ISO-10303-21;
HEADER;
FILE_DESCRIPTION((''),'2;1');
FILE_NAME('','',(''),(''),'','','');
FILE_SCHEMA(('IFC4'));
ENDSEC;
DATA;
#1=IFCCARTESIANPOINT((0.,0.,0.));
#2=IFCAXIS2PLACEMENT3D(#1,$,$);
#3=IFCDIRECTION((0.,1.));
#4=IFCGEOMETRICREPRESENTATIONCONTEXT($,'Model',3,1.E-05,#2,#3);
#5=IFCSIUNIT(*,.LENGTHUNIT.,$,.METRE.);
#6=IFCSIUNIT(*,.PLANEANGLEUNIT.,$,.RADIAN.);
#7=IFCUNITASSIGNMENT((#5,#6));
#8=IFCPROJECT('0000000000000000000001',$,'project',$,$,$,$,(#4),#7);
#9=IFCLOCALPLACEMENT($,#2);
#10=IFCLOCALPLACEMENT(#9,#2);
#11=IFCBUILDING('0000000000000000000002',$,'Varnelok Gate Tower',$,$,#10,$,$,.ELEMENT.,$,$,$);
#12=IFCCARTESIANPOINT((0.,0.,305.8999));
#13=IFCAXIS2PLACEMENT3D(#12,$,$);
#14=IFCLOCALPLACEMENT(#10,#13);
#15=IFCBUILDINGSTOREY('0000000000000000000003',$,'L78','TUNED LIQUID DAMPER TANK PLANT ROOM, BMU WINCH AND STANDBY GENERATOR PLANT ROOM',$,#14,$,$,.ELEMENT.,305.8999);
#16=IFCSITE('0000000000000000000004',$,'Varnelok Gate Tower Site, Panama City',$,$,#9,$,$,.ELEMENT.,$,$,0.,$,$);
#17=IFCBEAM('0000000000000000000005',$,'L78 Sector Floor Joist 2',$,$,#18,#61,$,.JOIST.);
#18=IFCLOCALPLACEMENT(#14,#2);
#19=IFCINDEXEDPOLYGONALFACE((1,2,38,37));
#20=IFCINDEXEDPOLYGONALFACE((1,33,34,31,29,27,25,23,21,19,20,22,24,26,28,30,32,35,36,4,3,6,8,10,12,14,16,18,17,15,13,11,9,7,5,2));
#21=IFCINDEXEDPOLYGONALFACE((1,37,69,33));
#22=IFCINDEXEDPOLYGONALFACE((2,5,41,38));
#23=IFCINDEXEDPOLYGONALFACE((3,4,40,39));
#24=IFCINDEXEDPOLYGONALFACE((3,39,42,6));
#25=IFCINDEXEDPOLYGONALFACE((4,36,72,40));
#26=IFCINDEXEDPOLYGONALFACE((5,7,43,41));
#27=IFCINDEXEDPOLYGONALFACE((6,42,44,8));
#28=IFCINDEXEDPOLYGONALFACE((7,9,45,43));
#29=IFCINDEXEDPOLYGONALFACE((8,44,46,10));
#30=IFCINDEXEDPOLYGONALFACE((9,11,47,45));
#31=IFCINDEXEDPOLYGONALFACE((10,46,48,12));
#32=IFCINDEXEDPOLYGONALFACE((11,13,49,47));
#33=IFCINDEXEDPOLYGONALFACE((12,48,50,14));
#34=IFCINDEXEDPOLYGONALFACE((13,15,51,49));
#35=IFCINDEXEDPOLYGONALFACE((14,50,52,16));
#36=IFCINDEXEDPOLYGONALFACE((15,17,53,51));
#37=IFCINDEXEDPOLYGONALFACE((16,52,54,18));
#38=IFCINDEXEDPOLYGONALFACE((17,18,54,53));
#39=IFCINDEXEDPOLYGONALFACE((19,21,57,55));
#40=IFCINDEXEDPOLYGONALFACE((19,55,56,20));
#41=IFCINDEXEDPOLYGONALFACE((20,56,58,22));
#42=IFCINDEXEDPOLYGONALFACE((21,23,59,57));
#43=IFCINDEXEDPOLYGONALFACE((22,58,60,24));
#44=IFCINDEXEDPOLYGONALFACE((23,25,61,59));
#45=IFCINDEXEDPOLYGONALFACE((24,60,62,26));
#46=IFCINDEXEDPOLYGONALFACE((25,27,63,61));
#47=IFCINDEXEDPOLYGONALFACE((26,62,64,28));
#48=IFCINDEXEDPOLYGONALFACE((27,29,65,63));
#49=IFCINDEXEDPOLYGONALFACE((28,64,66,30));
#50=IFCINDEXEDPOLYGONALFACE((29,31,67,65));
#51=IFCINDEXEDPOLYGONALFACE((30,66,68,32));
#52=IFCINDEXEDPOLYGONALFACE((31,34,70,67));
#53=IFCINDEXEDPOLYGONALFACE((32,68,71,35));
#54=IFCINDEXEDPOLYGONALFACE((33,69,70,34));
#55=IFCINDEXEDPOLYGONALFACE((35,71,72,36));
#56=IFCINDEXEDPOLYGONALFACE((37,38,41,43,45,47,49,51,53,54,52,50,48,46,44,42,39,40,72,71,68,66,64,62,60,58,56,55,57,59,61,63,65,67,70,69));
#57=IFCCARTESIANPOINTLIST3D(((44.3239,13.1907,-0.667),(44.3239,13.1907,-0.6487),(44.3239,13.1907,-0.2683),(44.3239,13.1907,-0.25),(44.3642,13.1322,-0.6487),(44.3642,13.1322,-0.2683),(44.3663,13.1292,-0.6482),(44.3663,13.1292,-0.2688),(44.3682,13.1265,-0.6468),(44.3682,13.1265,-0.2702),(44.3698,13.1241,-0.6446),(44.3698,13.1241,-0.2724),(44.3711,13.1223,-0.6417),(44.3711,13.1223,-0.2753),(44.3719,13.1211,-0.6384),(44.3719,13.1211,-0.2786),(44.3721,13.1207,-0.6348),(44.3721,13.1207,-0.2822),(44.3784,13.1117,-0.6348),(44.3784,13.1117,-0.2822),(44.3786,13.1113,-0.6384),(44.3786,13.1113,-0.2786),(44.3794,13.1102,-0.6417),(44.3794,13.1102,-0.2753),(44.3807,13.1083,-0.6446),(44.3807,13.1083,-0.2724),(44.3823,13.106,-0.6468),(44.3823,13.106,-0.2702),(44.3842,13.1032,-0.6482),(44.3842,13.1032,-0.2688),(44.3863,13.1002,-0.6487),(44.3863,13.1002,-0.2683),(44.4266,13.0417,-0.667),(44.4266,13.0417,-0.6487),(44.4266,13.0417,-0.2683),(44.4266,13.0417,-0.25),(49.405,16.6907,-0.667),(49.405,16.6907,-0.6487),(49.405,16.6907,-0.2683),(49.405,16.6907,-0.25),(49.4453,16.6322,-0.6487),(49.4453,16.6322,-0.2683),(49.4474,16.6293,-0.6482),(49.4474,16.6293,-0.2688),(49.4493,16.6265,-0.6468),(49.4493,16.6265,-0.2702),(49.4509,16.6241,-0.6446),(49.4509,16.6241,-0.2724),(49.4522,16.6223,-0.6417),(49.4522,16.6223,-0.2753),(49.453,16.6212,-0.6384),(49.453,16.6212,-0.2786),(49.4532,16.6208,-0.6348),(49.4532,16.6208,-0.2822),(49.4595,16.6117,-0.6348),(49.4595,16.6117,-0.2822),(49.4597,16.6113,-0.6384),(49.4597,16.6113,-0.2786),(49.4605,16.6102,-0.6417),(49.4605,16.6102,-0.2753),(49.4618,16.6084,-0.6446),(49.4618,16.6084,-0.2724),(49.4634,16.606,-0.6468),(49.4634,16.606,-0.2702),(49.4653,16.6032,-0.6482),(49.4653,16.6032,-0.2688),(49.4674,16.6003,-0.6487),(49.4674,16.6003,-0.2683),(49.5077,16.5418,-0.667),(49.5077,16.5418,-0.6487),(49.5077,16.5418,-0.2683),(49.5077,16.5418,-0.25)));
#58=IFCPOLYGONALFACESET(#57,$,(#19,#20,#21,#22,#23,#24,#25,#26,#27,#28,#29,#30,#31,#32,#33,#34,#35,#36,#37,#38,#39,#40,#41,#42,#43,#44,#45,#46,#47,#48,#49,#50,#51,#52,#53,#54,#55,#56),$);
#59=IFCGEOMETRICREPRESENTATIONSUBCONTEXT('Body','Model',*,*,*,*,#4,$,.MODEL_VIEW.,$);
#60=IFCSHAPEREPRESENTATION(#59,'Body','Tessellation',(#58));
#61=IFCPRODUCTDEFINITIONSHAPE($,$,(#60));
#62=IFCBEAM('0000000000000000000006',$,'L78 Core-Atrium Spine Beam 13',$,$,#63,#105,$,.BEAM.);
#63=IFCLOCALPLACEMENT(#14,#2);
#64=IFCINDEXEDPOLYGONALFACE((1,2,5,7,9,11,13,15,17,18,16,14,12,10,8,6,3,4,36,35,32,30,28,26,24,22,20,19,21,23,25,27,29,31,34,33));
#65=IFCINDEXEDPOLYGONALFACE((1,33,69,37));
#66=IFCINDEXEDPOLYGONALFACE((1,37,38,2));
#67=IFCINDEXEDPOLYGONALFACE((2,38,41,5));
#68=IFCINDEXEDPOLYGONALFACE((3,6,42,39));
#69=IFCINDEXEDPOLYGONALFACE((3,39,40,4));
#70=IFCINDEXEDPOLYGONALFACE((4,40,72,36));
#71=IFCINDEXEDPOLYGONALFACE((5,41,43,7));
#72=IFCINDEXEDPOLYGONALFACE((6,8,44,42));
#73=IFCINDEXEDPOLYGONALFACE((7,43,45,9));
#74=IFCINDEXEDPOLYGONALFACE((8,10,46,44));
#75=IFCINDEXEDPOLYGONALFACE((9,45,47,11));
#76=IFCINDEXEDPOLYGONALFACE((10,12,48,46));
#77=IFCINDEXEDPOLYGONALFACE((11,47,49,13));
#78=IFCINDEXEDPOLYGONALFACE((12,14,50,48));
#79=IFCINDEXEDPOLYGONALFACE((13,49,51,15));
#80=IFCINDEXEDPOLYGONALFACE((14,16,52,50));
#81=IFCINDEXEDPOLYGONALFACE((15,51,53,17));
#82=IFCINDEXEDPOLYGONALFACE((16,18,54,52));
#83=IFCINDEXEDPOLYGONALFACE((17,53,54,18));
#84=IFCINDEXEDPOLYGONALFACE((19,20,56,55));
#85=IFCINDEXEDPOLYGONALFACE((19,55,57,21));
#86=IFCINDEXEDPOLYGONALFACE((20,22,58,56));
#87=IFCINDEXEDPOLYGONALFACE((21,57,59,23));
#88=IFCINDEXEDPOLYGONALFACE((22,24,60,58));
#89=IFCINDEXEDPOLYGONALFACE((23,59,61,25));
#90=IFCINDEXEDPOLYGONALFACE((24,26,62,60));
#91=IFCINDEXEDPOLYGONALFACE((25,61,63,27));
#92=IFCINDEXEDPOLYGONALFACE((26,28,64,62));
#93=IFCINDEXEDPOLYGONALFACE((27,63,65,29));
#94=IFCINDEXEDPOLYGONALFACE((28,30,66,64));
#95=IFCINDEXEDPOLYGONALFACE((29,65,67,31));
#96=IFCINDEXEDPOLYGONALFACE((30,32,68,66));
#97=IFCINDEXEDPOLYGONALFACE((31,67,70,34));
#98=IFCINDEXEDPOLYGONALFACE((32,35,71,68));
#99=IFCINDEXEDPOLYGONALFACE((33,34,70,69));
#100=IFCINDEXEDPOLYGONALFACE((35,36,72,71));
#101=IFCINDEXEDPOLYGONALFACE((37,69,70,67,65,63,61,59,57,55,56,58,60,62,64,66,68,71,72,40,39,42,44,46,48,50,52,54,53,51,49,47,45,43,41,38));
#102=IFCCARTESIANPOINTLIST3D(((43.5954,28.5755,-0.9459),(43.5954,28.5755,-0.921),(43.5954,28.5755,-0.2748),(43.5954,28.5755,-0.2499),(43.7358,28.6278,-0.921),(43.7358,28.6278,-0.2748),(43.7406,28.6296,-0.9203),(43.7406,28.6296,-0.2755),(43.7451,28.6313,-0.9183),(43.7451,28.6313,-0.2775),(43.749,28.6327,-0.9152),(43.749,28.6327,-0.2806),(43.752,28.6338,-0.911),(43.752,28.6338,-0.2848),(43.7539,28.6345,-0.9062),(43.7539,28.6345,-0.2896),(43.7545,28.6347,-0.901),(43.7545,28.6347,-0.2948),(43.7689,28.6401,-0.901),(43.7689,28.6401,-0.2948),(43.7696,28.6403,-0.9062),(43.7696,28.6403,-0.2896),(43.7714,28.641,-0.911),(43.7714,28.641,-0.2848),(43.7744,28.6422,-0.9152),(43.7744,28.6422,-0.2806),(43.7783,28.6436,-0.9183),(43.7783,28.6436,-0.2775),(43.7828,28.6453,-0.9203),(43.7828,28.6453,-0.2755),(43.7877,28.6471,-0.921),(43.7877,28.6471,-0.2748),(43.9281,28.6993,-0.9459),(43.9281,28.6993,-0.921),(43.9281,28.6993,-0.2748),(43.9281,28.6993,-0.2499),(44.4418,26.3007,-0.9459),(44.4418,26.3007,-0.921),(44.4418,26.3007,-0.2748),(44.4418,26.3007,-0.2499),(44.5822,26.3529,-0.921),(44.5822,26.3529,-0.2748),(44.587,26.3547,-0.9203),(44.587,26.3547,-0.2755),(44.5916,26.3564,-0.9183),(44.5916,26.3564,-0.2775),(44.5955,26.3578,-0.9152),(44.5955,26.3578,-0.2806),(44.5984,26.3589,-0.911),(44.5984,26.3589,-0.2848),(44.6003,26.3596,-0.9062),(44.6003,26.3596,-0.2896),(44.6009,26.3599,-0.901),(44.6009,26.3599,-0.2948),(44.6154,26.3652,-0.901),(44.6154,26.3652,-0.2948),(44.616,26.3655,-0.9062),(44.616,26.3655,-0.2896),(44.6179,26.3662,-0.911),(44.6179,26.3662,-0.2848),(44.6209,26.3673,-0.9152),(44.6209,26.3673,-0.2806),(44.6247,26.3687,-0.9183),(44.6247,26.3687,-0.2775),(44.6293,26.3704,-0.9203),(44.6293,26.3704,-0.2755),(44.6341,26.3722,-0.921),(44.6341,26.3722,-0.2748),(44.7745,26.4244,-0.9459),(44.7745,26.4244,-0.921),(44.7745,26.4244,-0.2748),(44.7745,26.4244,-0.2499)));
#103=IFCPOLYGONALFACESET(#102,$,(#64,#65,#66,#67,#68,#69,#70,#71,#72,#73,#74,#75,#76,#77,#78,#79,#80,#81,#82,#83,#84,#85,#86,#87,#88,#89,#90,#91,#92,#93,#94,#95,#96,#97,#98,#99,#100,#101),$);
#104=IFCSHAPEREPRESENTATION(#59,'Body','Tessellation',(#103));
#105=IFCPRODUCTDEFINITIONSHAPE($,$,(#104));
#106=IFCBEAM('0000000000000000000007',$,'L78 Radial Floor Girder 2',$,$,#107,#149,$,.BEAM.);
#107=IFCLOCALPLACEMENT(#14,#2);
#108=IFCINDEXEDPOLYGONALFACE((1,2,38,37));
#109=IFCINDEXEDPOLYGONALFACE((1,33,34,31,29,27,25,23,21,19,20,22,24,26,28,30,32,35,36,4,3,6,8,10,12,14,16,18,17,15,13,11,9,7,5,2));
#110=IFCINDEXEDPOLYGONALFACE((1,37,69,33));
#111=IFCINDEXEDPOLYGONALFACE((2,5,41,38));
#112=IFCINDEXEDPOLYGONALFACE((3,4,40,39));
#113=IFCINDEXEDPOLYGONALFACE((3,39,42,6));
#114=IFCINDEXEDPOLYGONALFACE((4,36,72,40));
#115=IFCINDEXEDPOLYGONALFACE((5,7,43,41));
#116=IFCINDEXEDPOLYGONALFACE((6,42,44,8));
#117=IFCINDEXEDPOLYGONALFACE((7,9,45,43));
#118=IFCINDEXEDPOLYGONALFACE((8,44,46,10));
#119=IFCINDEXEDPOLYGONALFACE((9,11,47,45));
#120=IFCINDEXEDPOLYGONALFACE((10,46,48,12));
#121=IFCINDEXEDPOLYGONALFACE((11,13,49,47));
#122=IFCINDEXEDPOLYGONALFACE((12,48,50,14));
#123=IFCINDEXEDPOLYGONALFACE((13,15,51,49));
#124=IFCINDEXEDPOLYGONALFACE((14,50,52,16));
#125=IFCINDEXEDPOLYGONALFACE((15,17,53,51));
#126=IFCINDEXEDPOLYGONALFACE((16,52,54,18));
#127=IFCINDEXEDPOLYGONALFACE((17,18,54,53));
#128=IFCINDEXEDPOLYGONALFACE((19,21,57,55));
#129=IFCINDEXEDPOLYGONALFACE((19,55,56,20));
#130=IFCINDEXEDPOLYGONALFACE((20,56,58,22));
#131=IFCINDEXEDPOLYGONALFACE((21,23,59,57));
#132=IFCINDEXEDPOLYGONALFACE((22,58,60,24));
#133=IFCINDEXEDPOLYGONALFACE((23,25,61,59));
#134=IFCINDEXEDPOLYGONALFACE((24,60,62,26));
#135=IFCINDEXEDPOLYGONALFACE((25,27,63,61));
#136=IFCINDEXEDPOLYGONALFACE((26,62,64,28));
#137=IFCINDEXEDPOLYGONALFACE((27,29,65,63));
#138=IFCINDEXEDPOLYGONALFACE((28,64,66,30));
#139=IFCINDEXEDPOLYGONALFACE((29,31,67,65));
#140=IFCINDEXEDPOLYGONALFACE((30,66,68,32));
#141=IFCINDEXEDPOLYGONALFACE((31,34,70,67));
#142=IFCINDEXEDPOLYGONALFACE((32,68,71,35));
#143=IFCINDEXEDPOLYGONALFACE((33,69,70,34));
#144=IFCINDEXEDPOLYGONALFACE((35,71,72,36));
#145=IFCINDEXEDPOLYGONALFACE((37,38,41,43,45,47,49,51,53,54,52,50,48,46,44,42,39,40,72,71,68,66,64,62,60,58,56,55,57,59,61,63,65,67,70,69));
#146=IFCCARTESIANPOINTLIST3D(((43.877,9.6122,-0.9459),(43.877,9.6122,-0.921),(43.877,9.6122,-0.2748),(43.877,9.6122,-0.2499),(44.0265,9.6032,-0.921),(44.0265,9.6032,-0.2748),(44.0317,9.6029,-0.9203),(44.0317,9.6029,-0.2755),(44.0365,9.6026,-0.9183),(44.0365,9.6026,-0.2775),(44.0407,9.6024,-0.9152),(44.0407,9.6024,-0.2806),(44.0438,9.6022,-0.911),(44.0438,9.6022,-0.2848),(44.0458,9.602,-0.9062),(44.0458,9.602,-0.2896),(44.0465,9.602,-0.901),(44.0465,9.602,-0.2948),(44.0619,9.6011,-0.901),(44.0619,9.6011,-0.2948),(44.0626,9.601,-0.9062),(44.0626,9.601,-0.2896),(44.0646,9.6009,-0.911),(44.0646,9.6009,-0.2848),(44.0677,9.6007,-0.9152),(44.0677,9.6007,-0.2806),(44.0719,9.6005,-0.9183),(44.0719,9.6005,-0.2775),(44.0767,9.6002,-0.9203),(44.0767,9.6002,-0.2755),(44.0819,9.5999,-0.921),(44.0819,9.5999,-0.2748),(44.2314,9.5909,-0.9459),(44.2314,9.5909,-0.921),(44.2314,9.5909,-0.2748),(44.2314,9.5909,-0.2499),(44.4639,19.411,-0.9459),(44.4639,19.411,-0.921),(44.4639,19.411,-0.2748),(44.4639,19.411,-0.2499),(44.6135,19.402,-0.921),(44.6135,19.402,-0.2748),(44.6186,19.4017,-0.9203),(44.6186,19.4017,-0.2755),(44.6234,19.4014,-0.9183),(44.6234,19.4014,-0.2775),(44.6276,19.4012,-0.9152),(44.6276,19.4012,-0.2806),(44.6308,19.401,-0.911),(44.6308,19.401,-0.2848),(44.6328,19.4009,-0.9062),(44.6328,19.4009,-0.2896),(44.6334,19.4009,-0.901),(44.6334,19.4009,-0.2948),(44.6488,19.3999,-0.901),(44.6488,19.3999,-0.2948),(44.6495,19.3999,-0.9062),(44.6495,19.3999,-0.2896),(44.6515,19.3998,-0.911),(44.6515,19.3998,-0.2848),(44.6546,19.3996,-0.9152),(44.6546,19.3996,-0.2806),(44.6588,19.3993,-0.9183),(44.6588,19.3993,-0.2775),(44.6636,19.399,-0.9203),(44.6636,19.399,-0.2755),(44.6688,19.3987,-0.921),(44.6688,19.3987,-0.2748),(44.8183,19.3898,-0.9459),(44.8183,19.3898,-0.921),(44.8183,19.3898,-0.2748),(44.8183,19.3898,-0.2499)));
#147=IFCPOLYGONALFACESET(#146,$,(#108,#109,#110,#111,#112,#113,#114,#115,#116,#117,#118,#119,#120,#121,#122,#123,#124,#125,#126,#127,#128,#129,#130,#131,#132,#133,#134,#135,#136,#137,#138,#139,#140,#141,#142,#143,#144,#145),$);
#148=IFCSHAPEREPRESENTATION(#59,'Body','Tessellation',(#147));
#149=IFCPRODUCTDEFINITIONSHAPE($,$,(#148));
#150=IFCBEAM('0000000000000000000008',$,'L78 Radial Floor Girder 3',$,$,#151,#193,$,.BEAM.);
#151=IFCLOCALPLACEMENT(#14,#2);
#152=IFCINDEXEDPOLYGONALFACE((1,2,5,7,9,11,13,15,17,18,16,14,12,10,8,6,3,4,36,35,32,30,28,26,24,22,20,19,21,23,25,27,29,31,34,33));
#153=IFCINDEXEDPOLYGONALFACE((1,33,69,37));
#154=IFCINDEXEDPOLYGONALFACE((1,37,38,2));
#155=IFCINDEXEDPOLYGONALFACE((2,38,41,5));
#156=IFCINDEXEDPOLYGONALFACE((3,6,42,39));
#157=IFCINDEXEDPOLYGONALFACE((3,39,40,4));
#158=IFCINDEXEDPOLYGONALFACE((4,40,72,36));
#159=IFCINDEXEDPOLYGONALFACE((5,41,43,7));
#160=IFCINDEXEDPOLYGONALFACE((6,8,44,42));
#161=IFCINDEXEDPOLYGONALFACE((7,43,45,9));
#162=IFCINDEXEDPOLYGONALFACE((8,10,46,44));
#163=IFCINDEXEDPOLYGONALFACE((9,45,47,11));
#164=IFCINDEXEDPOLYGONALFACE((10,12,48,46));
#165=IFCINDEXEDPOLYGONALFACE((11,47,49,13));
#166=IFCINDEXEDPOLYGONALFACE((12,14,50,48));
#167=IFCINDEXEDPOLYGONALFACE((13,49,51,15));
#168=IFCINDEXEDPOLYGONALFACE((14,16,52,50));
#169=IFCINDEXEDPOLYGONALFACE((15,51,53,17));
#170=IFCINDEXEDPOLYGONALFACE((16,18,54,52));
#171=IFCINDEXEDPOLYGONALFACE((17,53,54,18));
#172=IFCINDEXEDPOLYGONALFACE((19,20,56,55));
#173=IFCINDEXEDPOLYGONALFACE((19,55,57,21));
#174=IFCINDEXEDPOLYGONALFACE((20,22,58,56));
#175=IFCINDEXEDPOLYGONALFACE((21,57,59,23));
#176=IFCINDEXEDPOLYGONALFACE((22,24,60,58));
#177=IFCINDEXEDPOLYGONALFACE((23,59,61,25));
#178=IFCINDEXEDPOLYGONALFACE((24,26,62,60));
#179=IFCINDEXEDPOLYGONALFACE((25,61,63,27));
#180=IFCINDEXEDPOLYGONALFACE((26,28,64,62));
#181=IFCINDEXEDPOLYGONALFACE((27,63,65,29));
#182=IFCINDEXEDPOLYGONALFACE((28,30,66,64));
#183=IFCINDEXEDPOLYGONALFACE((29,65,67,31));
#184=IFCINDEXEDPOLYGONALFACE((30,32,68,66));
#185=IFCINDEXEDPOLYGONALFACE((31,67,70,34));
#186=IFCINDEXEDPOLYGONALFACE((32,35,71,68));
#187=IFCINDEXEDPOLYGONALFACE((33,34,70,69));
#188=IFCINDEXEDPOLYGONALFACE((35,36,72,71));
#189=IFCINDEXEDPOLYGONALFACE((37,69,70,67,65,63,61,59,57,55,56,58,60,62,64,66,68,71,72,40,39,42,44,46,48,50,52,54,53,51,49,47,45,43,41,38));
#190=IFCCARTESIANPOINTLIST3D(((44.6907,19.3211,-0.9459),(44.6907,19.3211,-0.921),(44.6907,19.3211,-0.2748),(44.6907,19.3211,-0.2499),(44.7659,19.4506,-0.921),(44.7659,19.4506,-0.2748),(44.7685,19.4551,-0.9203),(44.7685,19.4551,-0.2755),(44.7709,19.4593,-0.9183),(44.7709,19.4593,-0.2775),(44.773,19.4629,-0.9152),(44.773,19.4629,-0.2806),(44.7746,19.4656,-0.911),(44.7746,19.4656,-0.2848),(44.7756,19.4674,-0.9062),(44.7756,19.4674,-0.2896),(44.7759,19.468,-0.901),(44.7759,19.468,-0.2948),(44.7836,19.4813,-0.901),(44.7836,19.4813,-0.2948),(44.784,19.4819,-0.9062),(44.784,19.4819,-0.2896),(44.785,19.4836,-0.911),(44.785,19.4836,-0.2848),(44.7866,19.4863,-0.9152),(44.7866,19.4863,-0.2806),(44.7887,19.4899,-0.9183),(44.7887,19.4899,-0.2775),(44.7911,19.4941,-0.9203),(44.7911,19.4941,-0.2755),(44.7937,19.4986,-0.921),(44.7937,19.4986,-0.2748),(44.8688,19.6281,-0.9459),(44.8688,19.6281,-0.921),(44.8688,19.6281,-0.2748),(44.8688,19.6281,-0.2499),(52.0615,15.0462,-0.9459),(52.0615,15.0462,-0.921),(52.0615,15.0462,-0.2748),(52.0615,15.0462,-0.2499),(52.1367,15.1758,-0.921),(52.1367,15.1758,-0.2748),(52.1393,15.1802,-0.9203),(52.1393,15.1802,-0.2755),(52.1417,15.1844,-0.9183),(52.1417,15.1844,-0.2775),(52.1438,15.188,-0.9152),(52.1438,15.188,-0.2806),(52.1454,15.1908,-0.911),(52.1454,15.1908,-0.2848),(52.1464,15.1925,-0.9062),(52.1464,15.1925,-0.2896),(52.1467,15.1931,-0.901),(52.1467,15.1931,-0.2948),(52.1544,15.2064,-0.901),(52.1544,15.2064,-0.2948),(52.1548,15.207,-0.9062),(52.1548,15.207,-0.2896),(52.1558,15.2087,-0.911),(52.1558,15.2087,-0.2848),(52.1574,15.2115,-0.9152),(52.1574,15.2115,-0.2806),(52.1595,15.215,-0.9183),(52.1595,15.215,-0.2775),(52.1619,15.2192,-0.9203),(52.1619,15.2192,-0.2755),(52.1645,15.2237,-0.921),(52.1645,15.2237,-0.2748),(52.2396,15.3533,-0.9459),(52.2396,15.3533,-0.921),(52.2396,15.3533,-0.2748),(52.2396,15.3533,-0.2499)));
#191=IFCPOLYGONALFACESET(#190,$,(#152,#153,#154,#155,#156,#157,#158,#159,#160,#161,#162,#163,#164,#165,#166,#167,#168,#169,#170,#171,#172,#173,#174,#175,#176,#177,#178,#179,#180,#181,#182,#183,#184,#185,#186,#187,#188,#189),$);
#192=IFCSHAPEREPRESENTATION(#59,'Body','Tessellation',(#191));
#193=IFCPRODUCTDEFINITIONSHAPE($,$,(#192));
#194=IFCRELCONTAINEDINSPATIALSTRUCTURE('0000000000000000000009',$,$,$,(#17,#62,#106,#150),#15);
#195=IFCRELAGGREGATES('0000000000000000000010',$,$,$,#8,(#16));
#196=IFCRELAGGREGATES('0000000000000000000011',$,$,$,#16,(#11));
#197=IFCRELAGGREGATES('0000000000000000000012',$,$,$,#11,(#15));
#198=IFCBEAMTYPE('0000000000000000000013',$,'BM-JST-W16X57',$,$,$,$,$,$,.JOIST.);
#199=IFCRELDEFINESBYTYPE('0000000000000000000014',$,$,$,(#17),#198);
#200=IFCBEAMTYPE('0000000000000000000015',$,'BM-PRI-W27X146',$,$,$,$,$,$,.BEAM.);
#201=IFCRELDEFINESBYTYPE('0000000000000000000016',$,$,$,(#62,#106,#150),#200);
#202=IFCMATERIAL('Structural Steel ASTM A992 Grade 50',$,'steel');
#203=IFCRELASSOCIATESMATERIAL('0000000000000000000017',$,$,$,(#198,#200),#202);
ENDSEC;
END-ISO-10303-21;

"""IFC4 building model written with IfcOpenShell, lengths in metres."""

from ifc_helpers import new_model, si_unit, direction, frame, origin, origin_2d, place, context, subcontext, project, spatial, i_section, extrude, material, material_profile, profile_set, type_object, element, save


model = new_model("IFC4")

# Units and contexts
model_context = context("Model", 3, precision=1e-05, world=origin(), true_north=direction((0.0, 1.0)))
body_context = subcontext(model_context, "Body", "Model", "MODEL_VIEW")
ifc_project = project(units=[si_unit("LENGTHUNIT", "METRE"), si_unit("PLANEANGLEUNIT", "RADIAN")], contexts=[model_context])

# Site, building, storey
site_placement = place(None, origin())
site = spatial("IfcSite", under=ifc_project, at=site_placement, Name="Varnelok Gate Tower Site, Panama City", CompositionType="ELEMENT", RefElevation=0.0)
building_placement = place(site_placement, origin())
building = spatial("IfcBuilding", under=site, at=building_placement, Name="Varnelok Gate Tower", CompositionType="ELEMENT")
storey_placement = place(building_placement, frame((0.0, 0.0, 305.8999)))
storey = spatial("IfcBuildingStorey", under=building, at=storey_placement, Name="L78", Description="TUNED LIQUID DAMPER TANK PLANT ROOM, BMU WINCH AND STANDBY GENERATOR PLANT ROOM", CompositionType="ELEMENT", Elevation=305.8999)

# Shared definitions
ifc_material_1 = material(Name="Structural Steel ASTM A992 Grade 50", Category="steel")

# Beams
ifc_material_profile_1 = material_profile(ifc_material_1, i_section(OverallWidth=0.1809, OverallDepth=0.417, WebThickness=0.011, FlangeThickness=0.0183, FilletRadius=0.0139, at=origin_2d()), Name="W16X57")
ifc_profile_set_1 = profile_set([ifc_material_profile_1], Name="Structural Steel ASTM A992 Grade 50")
beam_type_1 = type_object("IfcBeamType", Name="BM-JST-W16X57", PredefinedType="JOIST", material=ifc_profile_set_1)
beam_1_placement = place(storey_placement, frame((44.3752, 13.1162, -0.4585), z_axis=(0.823529, 0.567274, 0.0), x_axis=(-0.567274, 0.823529, 0.0)))
element("IfcBeam", 1, at=beam_1_placement, inside=storey, type_object=beam_type_1, Name="L78 Sector Floor Joist 2", PredefinedType="JOIST", context=body_context, shape_type="SweptSolid", body=[
    extrude(i_section(OverallWidth=0.1809, OverallDepth=0.417, WebThickness=0.011, FlangeThickness=0.0183, FilletRadius=0.0139, at=origin_2d()), origin(), (0.0, 0.0, 1.0), 6.1699),
])
ifc_material_profile_2 = material_profile(ifc_material_1, i_section(OverallWidth=0.355, OverallDepth=0.696, WebThickness=0.0154, FlangeThickness=0.0249, FilletRadius=0.02, at=origin_2d()), Name="W27X146")
ifc_profile_set_2 = profile_set([ifc_material_profile_2], Name="Structural Steel ASTM A992 Grade 50")
beam_type_2 = type_object("IfcBeamType", Name="BM-PRI-W27X146", PredefinedType="BEAM", material=ifc_profile_set_2)
beam_2_placement = place(storey_placement, frame((44.6082, 26.3625, -0.5979), z_axis=(-0.348719, 0.937227, 0.0), x_axis=(-0.937227, -0.348719, 0.0)))
element("IfcBeam", 2, at=beam_2_placement, inside=storey, type_object=beam_type_2, Name="L78 Core-Atrium Spine Beam 13", PredefinedType="BEAM", context=body_context, shape_type="SweptSolid", body=[
    extrude(i_section(OverallWidth=0.355, OverallDepth=0.696, WebThickness=0.0154, FlangeThickness=0.0249, FilletRadius=0.02, at=origin_2d()), origin(), (0.0, 0.0, 1.0), 2.4272),
])
beam_3_placement = place(storey_placement, frame((44.6411, 19.4004, -0.5979), z_axis=(-0.059789, -0.998211, 0.0), x_axis=(0.998211, -0.059789, 0.0)))
element("IfcBeam", 3, at=beam_3_placement, inside=storey, type_object=beam_type_2, Name="L78 Radial Floor Girder 2", PredefinedType="BEAM", context=body_context, shape_type="SweptSolid", body=[
    extrude(i_section(OverallWidth=0.355, OverallDepth=0.696, WebThickness=0.0154, FlangeThickness=0.0249, FilletRadius=0.02, at=origin_2d()), origin(), (0.0, 0.0, 1.0), 9.8164),
])
beam_4_placement = place(storey_placement, frame((44.7798, 19.4746, -0.5979), z_axis=(0.865041, -0.501701, 0.0), x_axis=(0.501701, 0.865041, 0.0)))
element("IfcBeam", 4, at=beam_4_placement, inside=storey, type_object=beam_type_2, Name="L78 Radial Floor Girder 3", PredefinedType="BEAM", context=body_context, shape_type="SweptSolid", body=[
    extrude(i_section(OverallWidth=0.355, OverallDepth=0.696, WebThickness=0.0154, FlangeThickness=0.0249, FilletRadius=0.02, at=origin_2d()), origin(), (0.0, 0.0, 1.0), 8.5208),
])

save(model, "model.ifc")
